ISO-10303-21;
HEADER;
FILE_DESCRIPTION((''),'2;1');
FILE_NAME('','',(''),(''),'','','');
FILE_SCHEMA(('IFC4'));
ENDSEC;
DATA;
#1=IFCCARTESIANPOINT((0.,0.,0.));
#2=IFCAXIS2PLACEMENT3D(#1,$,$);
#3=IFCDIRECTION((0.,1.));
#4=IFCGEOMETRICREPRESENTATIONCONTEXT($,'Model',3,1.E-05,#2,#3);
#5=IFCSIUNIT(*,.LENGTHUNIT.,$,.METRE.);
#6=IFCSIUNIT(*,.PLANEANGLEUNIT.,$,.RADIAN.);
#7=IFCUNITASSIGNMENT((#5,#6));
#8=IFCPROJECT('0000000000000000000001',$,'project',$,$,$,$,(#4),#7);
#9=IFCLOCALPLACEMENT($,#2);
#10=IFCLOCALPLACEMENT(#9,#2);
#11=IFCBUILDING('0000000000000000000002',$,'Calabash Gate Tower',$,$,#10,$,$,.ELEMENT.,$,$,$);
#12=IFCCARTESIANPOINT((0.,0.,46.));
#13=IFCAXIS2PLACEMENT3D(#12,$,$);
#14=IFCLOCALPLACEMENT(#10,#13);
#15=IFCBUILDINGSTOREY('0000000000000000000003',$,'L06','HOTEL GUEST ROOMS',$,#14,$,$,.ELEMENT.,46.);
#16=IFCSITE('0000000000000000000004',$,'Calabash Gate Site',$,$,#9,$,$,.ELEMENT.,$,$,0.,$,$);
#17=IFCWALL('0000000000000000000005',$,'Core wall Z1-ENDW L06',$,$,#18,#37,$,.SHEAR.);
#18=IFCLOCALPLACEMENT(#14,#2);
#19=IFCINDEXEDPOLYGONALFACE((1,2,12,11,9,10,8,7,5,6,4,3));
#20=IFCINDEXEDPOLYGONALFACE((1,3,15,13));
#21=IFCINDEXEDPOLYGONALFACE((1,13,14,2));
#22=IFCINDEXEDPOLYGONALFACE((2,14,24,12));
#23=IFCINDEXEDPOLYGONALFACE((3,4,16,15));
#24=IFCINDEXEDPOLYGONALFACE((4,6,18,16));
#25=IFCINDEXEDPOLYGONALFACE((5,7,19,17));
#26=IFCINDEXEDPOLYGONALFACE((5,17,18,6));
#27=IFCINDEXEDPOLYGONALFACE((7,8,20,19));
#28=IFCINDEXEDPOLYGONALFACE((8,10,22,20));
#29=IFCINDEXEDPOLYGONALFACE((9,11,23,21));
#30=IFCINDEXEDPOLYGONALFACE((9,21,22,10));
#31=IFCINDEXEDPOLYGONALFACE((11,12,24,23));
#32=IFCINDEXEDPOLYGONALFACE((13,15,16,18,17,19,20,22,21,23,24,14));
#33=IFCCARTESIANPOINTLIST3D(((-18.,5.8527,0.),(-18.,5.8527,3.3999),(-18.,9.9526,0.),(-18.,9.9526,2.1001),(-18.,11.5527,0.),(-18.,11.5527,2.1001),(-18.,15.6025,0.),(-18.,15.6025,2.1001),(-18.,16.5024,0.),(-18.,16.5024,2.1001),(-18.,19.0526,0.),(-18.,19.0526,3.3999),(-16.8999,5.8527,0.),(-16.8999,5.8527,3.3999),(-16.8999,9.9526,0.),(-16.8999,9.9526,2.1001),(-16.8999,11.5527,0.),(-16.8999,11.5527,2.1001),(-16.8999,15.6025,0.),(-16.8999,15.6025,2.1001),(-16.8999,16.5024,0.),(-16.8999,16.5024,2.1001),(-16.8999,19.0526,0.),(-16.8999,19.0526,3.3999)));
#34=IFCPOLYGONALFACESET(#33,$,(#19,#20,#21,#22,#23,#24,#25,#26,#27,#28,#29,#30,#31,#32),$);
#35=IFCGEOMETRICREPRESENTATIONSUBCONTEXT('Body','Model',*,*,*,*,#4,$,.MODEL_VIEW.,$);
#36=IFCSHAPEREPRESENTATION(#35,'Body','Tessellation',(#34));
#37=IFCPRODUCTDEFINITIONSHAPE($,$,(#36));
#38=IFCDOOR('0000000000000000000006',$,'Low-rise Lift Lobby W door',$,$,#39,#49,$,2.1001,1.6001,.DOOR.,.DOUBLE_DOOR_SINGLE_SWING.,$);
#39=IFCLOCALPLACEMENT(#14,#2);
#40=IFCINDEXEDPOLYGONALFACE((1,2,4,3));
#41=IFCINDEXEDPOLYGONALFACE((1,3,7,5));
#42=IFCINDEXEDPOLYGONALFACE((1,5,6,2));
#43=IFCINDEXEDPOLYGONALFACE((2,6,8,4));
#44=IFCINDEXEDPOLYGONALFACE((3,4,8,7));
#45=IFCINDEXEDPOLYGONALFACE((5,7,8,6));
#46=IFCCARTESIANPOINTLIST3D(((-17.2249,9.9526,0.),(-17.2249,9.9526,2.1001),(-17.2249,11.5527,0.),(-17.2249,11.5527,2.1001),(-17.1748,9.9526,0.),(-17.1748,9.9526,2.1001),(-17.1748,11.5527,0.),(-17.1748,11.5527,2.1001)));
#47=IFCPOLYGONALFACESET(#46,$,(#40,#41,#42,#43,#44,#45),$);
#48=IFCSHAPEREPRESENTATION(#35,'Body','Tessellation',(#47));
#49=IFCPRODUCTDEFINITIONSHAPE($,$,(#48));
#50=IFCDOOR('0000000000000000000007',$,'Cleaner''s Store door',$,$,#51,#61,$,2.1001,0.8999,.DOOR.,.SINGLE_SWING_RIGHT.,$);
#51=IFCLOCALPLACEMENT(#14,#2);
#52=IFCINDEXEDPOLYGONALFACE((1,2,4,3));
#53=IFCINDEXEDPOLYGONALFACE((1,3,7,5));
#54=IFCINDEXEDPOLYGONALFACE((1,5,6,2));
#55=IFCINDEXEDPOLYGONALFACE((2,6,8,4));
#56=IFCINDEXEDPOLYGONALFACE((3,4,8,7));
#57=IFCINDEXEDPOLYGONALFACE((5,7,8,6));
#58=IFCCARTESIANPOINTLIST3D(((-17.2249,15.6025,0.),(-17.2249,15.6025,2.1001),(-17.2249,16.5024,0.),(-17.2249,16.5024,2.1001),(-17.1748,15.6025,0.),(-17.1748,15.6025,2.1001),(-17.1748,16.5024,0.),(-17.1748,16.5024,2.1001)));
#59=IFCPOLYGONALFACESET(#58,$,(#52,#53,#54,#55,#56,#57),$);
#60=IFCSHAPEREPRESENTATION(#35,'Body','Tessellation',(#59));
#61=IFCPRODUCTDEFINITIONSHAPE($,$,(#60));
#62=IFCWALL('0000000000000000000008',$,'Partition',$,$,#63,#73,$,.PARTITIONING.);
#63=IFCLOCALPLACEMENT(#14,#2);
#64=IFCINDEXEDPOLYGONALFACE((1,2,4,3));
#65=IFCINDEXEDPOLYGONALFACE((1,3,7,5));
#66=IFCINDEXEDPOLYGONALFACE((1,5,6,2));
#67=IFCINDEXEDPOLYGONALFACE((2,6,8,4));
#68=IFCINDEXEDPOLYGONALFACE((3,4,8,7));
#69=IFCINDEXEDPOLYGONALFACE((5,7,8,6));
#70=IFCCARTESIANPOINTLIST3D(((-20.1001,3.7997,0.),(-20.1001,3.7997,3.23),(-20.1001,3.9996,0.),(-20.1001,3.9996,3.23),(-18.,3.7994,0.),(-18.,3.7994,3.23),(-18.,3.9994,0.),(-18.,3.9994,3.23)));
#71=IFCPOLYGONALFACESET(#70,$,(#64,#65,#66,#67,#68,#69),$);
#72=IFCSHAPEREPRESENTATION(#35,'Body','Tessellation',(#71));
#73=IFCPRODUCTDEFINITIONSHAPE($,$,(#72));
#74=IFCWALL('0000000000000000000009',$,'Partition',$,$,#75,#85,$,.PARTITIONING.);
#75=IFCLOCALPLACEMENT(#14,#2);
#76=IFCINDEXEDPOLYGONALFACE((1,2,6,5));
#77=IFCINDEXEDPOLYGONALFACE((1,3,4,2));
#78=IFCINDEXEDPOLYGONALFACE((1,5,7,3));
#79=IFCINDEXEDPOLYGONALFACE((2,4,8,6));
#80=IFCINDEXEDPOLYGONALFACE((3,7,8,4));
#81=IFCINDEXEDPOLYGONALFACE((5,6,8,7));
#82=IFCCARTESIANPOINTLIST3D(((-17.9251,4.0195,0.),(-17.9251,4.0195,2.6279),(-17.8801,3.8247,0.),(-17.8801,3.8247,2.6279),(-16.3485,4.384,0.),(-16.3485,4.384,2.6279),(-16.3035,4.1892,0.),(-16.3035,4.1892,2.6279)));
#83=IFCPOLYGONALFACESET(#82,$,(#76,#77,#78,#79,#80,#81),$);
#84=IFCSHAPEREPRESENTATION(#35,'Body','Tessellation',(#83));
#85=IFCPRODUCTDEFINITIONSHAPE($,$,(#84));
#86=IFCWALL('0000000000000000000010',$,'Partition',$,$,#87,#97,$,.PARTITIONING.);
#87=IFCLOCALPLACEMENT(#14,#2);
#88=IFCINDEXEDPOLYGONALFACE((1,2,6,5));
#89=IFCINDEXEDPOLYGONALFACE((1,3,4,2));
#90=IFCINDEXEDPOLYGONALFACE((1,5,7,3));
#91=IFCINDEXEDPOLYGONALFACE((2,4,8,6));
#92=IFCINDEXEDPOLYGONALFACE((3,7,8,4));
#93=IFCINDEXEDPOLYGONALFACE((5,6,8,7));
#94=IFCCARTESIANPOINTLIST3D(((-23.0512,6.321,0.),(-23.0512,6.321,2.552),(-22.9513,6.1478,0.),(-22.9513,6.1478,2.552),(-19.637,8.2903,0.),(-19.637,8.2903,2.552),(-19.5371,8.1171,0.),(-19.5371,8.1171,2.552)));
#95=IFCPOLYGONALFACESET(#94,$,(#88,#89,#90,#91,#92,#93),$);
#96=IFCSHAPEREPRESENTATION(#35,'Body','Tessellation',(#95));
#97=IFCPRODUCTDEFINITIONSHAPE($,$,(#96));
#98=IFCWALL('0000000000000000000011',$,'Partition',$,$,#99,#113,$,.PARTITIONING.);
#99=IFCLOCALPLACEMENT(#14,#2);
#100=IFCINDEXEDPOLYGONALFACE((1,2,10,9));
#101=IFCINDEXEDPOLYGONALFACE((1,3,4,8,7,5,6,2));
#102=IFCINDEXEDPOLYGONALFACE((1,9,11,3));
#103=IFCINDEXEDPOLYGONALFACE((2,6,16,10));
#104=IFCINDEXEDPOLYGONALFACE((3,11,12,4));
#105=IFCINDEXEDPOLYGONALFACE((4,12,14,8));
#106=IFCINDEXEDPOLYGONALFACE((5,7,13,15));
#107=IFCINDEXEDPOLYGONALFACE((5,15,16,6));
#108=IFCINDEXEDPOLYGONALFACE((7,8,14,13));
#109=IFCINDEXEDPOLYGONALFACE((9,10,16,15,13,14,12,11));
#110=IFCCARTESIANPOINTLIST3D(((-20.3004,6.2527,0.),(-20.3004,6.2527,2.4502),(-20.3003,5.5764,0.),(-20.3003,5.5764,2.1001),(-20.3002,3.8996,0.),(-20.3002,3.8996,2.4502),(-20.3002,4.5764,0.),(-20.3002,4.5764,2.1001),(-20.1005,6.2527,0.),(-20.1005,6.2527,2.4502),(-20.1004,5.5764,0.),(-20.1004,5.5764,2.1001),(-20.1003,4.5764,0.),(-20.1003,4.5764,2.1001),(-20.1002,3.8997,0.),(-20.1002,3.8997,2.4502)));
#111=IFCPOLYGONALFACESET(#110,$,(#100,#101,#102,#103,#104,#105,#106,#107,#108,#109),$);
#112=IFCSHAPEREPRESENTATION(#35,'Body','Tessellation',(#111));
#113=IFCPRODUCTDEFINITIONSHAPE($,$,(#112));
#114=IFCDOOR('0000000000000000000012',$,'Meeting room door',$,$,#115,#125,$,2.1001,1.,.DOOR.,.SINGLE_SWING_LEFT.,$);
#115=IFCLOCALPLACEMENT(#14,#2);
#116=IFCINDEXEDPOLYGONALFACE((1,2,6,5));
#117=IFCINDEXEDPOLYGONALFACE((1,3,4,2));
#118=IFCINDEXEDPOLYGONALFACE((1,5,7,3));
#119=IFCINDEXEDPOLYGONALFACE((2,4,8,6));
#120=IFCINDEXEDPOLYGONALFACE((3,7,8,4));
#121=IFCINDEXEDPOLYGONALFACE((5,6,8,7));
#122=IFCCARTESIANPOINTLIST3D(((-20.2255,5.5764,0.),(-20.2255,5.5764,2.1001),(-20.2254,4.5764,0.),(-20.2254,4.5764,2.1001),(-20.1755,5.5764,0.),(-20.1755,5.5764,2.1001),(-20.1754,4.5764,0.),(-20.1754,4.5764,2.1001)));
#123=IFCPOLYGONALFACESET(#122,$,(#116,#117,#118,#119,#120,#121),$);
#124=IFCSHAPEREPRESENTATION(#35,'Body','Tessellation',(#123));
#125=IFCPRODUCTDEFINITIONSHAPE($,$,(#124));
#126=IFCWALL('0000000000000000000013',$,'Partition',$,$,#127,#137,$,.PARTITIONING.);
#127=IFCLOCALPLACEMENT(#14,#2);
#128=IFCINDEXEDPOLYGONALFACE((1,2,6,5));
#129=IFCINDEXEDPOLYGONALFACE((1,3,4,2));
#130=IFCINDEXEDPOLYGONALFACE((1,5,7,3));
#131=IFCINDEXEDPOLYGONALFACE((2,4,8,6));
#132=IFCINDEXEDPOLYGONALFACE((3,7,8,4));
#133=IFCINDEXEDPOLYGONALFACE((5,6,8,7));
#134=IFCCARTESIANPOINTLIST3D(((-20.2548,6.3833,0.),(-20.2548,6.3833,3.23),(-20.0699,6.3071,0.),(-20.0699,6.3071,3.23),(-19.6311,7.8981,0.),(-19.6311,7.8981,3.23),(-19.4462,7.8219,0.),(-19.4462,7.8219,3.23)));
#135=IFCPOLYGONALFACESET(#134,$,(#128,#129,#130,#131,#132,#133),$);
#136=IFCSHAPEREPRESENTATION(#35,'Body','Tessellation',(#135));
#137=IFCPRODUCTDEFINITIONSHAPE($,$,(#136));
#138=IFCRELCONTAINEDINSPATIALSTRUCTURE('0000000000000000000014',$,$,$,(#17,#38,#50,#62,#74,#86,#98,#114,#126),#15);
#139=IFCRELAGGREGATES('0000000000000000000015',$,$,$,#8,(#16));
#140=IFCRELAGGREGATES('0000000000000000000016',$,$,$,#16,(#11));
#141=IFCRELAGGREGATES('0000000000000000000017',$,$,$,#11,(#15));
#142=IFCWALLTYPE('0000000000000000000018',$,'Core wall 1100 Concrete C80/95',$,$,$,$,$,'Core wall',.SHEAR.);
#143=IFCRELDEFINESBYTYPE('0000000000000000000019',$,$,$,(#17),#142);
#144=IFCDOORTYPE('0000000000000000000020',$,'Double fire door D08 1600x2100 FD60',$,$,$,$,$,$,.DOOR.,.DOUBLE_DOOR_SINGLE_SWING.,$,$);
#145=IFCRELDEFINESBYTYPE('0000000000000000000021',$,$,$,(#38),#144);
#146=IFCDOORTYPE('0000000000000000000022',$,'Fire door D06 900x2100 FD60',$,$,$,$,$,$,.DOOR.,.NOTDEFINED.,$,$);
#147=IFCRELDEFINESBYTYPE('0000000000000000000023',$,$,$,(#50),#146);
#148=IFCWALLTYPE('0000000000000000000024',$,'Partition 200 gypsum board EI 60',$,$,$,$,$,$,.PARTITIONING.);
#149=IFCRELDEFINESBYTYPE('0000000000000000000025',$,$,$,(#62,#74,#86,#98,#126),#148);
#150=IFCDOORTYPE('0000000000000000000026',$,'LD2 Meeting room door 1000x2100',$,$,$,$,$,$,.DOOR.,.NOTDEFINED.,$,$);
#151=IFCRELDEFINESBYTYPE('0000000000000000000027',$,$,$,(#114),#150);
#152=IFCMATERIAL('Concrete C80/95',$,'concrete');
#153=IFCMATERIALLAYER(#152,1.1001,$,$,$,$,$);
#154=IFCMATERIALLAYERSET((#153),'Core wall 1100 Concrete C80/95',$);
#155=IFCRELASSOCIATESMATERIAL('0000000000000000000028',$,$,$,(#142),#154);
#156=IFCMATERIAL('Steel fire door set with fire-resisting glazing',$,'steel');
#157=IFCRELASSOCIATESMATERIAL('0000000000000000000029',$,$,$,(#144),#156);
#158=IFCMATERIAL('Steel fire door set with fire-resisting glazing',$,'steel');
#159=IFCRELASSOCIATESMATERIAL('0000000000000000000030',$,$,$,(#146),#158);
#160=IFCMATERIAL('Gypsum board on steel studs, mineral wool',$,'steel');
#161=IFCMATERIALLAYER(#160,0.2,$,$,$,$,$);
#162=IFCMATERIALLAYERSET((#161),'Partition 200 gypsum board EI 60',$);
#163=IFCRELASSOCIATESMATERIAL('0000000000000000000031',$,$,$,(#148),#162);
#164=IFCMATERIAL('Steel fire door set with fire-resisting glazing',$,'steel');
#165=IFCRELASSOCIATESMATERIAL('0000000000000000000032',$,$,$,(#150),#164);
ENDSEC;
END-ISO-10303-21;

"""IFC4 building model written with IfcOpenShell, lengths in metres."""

from ifc_helpers import new_model, si_unit, direction, frame, frame_2d, origin, place, context, subcontext, project, spatial, rectangle, extrude, material, layer, layer_set, type_object, element, fill, save


model = new_model("IFC4")

# Units and contexts
model_context = context("Model", 3, precision=1e-05, world=origin(), true_north=direction((0.0, 1.0)))
body_context = subcontext(model_context, "Body", "Model", "MODEL_VIEW")
ifc_project = project(units=[si_unit("LENGTHUNIT", "METRE"), si_unit("PLANEANGLEUNIT", "RADIAN")], contexts=[model_context])

# Site, building, storey
site_placement = place(None, origin())
site = spatial("IfcSite", under=ifc_project, at=site_placement, Name="Calabash Gate Site", CompositionType="ELEMENT", RefElevation=0.0)
building_placement = place(site_placement, origin())
building = spatial("IfcBuilding", under=site, at=building_placement, Name="Calabash Gate Tower", CompositionType="ELEMENT")
storey_placement = place(building_placement, frame((0.0, 0.0, 46.0)))
storey = spatial("IfcBuildingStorey", under=building, at=storey_placement, Name="L06", Description="HOTEL GUEST ROOMS", CompositionType="ELEMENT", Elevation=46.0)

# Wall, openings, doors
ifc_material_1 = material(Name="Concrete C80/95", Category="concrete")
ifc_layer_1 = layer(ifc_material_1, 1.1001)
ifc_layer_set_1 = layer_set([ifc_layer_1], Name="Core wall 1100 Concrete C80/95")
wall_type_1 = type_object("IfcWallType", Name="Core wall 1100 Concrete C80/95", ElementType="Core wall", PredefinedType="SHEAR", material=ifc_layer_set_1)
wall_1_placement = place(storey_placement, frame((-17.45, 5.8525, 0.0), z_axis=(0.0, 0.0, 1.0), x_axis=(0.0, 1.0, 0.0)))
wall_1 = element("IfcWall", 1, at=wall_1_placement, inside=storey, type_object=wall_type_1, Name="Core wall Z1-ENDW L06", PredefinedType="SHEAR", context=body_context, shape_type="SweptSolid", body=[
    extrude(rectangle(XDim=13.2, YDim=1.1001, at=frame_2d((6.6001, 0.0))), origin(), (0.0, 0.0, 1.0), 3.3999),
])
opening_1_placement = place(wall_1_placement, frame((4.1001, 0.0, 0.0)))
opening_1 = element("IfcOpeningElement", 2, at=opening_1_placement, cuts=wall_1, PredefinedType="OPENING", context=body_context, shape_type="SweptSolid", body=[
    extrude(rectangle(XDim=1.6001, YDim=2.1001, at=frame_2d((0.8, 1.05))), frame((0.0, 0.5601, 0.0), z_axis=(0.0, -1.0, 0.0), x_axis=(1.0, 0.0, 0.0)), (0.0, 0.0, 1.0), 1.1201),
])
opening_2_placement = place(wall_1_placement, frame((9.75, 0.0, 0.0)))
opening_2 = element("IfcOpeningElement", 3, at=opening_2_placement, cuts=wall_1, PredefinedType="OPENING", context=body_context, shape_type="SweptSolid", body=[
    extrude(rectangle(XDim=0.8999, YDim=2.1001, at=frame_2d((0.45, 1.05))), frame((0.0, 0.5601, 0.0), z_axis=(0.0, -1.0, 0.0), x_axis=(1.0, 0.0, 0.0)), (0.0, 0.0, 1.0), 1.1201),
])
ifc_material_2 = material(Name="Steel fire door set with fire-resisting glazing", Category="steel")
door_type_1 = type_object("IfcDoorType", Name="Double fire door D08 1600x2100 FD60", OperationType="DOUBLE_DOOR_SINGLE_SWING", PredefinedType="DOOR", material=ifc_material_2)
door_1_placement = place(opening_1_placement, origin())
door_1 = element("IfcDoor", 4, at=door_1_placement, inside=storey, type_object=door_type_1, Name="Low-rise Lift Lobby W door", OperationType="DOUBLE_DOOR_SINGLE_SWING", OverallHeight=2.1001, OverallWidth=1.6001, PredefinedType="DOOR", context=body_context, shape_type="SweptSolid", body=[
    extrude(rectangle(XDim=1.6001, YDim=2.1001, at=frame_2d((0.8, 1.05))), frame((0.0, -0.2251, 0.0), z_axis=(0.0, -1.0, 0.0), x_axis=(1.0, 0.0, 0.0)), (0.0, 0.0, 1.0), 0.05),
])
fill(opening_1, door_1)
ifc_material_3 = material(Name="Steel fire door set with fire-resisting glazing", Category="steel")
door_type_2 = type_object("IfcDoorType", Name="Fire door D06 900x2100 FD60", OperationType="NOTDEFINED", PredefinedType="DOOR", material=ifc_material_3)
door_2_placement = place(opening_2_placement, origin())
door_2 = element("IfcDoor", 5, at=door_2_placement, inside=storey, type_object=door_type_2, Name="Cleaner's Store door", OperationType="SINGLE_SWING_RIGHT", OverallHeight=2.1001, OverallWidth=0.8999, PredefinedType="DOOR", context=body_context, shape_type="SweptSolid", body=[
    extrude(rectangle(XDim=0.8999, YDim=2.1001, at=frame_2d((0.45, 1.05))), frame((0.0, -0.2251, 0.0), z_axis=(0.0, -1.0, 0.0), x_axis=(1.0, 0.0, 0.0)), (0.0, 0.0, 1.0), 0.05),
])
fill(opening_2, door_2)

# Walls
ifc_material_4 = material(Name="Gypsum board on steel studs, mineral wool", Category="steel")
ifc_layer_2 = layer(ifc_material_4, 0.2)
ifc_layer_set_2 = layer_set([ifc_layer_2], Name="Partition 200 gypsum board EI 60")
wall_type_2 = type_object("IfcWallType", Name="Partition 200 gypsum board EI 60", PredefinedType="PARTITIONING", material=ifc_layer_set_2)
wall_2_placement = place(storey_placement, frame((-20.1001, 3.8997, 0.0), z_axis=(0.0, 0.0, 1.0), x_axis=(1.0, -0.000116, 0.0)))
element("IfcWall", 6, at=wall_2_placement, inside=storey, type_object=wall_type_2, Name="Partition", PredefinedType="PARTITIONING", context=body_context, shape_type="SweptSolid", body=[
    extrude(rectangle(XDim=2.1001, YDim=0.2, at=frame_2d((1.05, 0.0))), origin(), (0.0, 0.0, 1.0), 3.23),
])
wall_3_placement = place(storey_placement, frame((-17.9026, 3.9221, 0.0), z_axis=(0.0, 0.0, 1.0), x_axis=(0.974302, 0.225245, 0.0)))
element("IfcWall", 7, at=wall_3_placement, inside=storey, type_object=wall_type_2, Name="Partition", PredefinedType="PARTITIONING", context=body_context, shape_type="SweptSolid", body=[
    extrude(rectangle(XDim=1.6182, YDim=0.2, at=frame_2d((0.8091, 0.0))), origin(), (0.0, 0.0, 1.0), 2.6279),
])
wall_4_placement = place(storey_placement, frame((-23.0012, 6.2344, 0.0), z_axis=(0.0, 0.0, 1.0), x_axis=(0.866231, 0.499644, 0.0)))
element("IfcWall", 8, at=wall_4_placement, inside=storey, type_object=wall_type_2, Name="Partition", PredefinedType="PARTITIONING", context=body_context, shape_type="SweptSolid", body=[
    extrude(rectangle(XDim=3.9414, YDim=0.2, at=frame_2d((1.9707, 0.0))), origin(), (0.0, 0.0, 1.0), 2.552),
])

# Wall, opening, door
wall_5_placement = place(storey_placement, frame((-20.2004, 6.2527, 0.0), z_axis=(0.0, 0.0, 1.0), x_axis=(0.000104, -1.0, 0.0)))
wall_5 = element("IfcWall", 9, at=wall_5_placement, inside=storey, type_object=wall_type_2, Name="Partition", PredefinedType="PARTITIONING", context=body_context, shape_type="SweptSolid", body=[
    extrude(rectangle(XDim=2.353, YDim=0.2, at=frame_2d((1.1765, 0.0))), origin(), (0.0, 0.0, 1.0), 2.4502),
])
opening_3_placement = place(wall_5_placement, frame((0.6763, 0.0, 0.0)))
opening_3 = element("IfcOpeningElement", 10, at=opening_3_placement, cuts=wall_5, PredefinedType="OPENING", context=body_context, shape_type="SweptSolid", body=[
    extrude(rectangle(XDim=1.0, YDim=2.1001, at=frame_2d((0.5, 1.05))), frame((0.0, 0.1099, 0.0), z_axis=(0.0, -1.0, 0.0), x_axis=(1.0, 0.0, 0.0)), (0.0, 0.0, 1.0), 0.22),
])
ifc_material_5 = material(Name="Steel fire door set with fire-resisting glazing", Category="steel")
door_type_3 = type_object("IfcDoorType", Name="LD2 Meeting room door 1000x2100", OperationType="NOTDEFINED", PredefinedType="DOOR", material=ifc_material_5)
door_3_placement = place(opening_3_placement, origin())
door_3 = element("IfcDoor", 11, at=door_3_placement, inside=storey, type_object=door_type_3, Name="Meeting room door", OperationType="SINGLE_SWING_LEFT", OverallHeight=2.1001, OverallWidth=1.0, PredefinedType="DOOR", context=body_context, shape_type="SweptSolid", body=[
    extrude(rectangle(XDim=1.0, YDim=2.1001, at=frame_2d((0.5, 1.05))), frame((0.0, 0.0249, 0.0), z_axis=(0.0, -1.0, 0.0), x_axis=(1.0, 0.0, 0.0)), (0.0, 0.0, 1.0), 0.05),
])
fill(opening_3, door_3)

# Wall
wall_6_placement = place(storey_placement, frame((-20.1624, 6.3452, 0.0), z_axis=(0.0, 0.0, 1.0), x_axis=(0.38075, 0.924678, 0.0)))
element("IfcWall", 12, at=wall_6_placement, inside=storey, type_object=wall_type_2, Name="Partition", PredefinedType="PARTITIONING", context=body_context, shape_type="SweptSolid", body=[
    extrude(rectangle(XDim=1.6382, YDim=0.2, at=frame_2d((0.8191, 0.0))), origin(), (0.0, 0.0, 1.0), 3.23),
])

save(model, "model.ifc")
